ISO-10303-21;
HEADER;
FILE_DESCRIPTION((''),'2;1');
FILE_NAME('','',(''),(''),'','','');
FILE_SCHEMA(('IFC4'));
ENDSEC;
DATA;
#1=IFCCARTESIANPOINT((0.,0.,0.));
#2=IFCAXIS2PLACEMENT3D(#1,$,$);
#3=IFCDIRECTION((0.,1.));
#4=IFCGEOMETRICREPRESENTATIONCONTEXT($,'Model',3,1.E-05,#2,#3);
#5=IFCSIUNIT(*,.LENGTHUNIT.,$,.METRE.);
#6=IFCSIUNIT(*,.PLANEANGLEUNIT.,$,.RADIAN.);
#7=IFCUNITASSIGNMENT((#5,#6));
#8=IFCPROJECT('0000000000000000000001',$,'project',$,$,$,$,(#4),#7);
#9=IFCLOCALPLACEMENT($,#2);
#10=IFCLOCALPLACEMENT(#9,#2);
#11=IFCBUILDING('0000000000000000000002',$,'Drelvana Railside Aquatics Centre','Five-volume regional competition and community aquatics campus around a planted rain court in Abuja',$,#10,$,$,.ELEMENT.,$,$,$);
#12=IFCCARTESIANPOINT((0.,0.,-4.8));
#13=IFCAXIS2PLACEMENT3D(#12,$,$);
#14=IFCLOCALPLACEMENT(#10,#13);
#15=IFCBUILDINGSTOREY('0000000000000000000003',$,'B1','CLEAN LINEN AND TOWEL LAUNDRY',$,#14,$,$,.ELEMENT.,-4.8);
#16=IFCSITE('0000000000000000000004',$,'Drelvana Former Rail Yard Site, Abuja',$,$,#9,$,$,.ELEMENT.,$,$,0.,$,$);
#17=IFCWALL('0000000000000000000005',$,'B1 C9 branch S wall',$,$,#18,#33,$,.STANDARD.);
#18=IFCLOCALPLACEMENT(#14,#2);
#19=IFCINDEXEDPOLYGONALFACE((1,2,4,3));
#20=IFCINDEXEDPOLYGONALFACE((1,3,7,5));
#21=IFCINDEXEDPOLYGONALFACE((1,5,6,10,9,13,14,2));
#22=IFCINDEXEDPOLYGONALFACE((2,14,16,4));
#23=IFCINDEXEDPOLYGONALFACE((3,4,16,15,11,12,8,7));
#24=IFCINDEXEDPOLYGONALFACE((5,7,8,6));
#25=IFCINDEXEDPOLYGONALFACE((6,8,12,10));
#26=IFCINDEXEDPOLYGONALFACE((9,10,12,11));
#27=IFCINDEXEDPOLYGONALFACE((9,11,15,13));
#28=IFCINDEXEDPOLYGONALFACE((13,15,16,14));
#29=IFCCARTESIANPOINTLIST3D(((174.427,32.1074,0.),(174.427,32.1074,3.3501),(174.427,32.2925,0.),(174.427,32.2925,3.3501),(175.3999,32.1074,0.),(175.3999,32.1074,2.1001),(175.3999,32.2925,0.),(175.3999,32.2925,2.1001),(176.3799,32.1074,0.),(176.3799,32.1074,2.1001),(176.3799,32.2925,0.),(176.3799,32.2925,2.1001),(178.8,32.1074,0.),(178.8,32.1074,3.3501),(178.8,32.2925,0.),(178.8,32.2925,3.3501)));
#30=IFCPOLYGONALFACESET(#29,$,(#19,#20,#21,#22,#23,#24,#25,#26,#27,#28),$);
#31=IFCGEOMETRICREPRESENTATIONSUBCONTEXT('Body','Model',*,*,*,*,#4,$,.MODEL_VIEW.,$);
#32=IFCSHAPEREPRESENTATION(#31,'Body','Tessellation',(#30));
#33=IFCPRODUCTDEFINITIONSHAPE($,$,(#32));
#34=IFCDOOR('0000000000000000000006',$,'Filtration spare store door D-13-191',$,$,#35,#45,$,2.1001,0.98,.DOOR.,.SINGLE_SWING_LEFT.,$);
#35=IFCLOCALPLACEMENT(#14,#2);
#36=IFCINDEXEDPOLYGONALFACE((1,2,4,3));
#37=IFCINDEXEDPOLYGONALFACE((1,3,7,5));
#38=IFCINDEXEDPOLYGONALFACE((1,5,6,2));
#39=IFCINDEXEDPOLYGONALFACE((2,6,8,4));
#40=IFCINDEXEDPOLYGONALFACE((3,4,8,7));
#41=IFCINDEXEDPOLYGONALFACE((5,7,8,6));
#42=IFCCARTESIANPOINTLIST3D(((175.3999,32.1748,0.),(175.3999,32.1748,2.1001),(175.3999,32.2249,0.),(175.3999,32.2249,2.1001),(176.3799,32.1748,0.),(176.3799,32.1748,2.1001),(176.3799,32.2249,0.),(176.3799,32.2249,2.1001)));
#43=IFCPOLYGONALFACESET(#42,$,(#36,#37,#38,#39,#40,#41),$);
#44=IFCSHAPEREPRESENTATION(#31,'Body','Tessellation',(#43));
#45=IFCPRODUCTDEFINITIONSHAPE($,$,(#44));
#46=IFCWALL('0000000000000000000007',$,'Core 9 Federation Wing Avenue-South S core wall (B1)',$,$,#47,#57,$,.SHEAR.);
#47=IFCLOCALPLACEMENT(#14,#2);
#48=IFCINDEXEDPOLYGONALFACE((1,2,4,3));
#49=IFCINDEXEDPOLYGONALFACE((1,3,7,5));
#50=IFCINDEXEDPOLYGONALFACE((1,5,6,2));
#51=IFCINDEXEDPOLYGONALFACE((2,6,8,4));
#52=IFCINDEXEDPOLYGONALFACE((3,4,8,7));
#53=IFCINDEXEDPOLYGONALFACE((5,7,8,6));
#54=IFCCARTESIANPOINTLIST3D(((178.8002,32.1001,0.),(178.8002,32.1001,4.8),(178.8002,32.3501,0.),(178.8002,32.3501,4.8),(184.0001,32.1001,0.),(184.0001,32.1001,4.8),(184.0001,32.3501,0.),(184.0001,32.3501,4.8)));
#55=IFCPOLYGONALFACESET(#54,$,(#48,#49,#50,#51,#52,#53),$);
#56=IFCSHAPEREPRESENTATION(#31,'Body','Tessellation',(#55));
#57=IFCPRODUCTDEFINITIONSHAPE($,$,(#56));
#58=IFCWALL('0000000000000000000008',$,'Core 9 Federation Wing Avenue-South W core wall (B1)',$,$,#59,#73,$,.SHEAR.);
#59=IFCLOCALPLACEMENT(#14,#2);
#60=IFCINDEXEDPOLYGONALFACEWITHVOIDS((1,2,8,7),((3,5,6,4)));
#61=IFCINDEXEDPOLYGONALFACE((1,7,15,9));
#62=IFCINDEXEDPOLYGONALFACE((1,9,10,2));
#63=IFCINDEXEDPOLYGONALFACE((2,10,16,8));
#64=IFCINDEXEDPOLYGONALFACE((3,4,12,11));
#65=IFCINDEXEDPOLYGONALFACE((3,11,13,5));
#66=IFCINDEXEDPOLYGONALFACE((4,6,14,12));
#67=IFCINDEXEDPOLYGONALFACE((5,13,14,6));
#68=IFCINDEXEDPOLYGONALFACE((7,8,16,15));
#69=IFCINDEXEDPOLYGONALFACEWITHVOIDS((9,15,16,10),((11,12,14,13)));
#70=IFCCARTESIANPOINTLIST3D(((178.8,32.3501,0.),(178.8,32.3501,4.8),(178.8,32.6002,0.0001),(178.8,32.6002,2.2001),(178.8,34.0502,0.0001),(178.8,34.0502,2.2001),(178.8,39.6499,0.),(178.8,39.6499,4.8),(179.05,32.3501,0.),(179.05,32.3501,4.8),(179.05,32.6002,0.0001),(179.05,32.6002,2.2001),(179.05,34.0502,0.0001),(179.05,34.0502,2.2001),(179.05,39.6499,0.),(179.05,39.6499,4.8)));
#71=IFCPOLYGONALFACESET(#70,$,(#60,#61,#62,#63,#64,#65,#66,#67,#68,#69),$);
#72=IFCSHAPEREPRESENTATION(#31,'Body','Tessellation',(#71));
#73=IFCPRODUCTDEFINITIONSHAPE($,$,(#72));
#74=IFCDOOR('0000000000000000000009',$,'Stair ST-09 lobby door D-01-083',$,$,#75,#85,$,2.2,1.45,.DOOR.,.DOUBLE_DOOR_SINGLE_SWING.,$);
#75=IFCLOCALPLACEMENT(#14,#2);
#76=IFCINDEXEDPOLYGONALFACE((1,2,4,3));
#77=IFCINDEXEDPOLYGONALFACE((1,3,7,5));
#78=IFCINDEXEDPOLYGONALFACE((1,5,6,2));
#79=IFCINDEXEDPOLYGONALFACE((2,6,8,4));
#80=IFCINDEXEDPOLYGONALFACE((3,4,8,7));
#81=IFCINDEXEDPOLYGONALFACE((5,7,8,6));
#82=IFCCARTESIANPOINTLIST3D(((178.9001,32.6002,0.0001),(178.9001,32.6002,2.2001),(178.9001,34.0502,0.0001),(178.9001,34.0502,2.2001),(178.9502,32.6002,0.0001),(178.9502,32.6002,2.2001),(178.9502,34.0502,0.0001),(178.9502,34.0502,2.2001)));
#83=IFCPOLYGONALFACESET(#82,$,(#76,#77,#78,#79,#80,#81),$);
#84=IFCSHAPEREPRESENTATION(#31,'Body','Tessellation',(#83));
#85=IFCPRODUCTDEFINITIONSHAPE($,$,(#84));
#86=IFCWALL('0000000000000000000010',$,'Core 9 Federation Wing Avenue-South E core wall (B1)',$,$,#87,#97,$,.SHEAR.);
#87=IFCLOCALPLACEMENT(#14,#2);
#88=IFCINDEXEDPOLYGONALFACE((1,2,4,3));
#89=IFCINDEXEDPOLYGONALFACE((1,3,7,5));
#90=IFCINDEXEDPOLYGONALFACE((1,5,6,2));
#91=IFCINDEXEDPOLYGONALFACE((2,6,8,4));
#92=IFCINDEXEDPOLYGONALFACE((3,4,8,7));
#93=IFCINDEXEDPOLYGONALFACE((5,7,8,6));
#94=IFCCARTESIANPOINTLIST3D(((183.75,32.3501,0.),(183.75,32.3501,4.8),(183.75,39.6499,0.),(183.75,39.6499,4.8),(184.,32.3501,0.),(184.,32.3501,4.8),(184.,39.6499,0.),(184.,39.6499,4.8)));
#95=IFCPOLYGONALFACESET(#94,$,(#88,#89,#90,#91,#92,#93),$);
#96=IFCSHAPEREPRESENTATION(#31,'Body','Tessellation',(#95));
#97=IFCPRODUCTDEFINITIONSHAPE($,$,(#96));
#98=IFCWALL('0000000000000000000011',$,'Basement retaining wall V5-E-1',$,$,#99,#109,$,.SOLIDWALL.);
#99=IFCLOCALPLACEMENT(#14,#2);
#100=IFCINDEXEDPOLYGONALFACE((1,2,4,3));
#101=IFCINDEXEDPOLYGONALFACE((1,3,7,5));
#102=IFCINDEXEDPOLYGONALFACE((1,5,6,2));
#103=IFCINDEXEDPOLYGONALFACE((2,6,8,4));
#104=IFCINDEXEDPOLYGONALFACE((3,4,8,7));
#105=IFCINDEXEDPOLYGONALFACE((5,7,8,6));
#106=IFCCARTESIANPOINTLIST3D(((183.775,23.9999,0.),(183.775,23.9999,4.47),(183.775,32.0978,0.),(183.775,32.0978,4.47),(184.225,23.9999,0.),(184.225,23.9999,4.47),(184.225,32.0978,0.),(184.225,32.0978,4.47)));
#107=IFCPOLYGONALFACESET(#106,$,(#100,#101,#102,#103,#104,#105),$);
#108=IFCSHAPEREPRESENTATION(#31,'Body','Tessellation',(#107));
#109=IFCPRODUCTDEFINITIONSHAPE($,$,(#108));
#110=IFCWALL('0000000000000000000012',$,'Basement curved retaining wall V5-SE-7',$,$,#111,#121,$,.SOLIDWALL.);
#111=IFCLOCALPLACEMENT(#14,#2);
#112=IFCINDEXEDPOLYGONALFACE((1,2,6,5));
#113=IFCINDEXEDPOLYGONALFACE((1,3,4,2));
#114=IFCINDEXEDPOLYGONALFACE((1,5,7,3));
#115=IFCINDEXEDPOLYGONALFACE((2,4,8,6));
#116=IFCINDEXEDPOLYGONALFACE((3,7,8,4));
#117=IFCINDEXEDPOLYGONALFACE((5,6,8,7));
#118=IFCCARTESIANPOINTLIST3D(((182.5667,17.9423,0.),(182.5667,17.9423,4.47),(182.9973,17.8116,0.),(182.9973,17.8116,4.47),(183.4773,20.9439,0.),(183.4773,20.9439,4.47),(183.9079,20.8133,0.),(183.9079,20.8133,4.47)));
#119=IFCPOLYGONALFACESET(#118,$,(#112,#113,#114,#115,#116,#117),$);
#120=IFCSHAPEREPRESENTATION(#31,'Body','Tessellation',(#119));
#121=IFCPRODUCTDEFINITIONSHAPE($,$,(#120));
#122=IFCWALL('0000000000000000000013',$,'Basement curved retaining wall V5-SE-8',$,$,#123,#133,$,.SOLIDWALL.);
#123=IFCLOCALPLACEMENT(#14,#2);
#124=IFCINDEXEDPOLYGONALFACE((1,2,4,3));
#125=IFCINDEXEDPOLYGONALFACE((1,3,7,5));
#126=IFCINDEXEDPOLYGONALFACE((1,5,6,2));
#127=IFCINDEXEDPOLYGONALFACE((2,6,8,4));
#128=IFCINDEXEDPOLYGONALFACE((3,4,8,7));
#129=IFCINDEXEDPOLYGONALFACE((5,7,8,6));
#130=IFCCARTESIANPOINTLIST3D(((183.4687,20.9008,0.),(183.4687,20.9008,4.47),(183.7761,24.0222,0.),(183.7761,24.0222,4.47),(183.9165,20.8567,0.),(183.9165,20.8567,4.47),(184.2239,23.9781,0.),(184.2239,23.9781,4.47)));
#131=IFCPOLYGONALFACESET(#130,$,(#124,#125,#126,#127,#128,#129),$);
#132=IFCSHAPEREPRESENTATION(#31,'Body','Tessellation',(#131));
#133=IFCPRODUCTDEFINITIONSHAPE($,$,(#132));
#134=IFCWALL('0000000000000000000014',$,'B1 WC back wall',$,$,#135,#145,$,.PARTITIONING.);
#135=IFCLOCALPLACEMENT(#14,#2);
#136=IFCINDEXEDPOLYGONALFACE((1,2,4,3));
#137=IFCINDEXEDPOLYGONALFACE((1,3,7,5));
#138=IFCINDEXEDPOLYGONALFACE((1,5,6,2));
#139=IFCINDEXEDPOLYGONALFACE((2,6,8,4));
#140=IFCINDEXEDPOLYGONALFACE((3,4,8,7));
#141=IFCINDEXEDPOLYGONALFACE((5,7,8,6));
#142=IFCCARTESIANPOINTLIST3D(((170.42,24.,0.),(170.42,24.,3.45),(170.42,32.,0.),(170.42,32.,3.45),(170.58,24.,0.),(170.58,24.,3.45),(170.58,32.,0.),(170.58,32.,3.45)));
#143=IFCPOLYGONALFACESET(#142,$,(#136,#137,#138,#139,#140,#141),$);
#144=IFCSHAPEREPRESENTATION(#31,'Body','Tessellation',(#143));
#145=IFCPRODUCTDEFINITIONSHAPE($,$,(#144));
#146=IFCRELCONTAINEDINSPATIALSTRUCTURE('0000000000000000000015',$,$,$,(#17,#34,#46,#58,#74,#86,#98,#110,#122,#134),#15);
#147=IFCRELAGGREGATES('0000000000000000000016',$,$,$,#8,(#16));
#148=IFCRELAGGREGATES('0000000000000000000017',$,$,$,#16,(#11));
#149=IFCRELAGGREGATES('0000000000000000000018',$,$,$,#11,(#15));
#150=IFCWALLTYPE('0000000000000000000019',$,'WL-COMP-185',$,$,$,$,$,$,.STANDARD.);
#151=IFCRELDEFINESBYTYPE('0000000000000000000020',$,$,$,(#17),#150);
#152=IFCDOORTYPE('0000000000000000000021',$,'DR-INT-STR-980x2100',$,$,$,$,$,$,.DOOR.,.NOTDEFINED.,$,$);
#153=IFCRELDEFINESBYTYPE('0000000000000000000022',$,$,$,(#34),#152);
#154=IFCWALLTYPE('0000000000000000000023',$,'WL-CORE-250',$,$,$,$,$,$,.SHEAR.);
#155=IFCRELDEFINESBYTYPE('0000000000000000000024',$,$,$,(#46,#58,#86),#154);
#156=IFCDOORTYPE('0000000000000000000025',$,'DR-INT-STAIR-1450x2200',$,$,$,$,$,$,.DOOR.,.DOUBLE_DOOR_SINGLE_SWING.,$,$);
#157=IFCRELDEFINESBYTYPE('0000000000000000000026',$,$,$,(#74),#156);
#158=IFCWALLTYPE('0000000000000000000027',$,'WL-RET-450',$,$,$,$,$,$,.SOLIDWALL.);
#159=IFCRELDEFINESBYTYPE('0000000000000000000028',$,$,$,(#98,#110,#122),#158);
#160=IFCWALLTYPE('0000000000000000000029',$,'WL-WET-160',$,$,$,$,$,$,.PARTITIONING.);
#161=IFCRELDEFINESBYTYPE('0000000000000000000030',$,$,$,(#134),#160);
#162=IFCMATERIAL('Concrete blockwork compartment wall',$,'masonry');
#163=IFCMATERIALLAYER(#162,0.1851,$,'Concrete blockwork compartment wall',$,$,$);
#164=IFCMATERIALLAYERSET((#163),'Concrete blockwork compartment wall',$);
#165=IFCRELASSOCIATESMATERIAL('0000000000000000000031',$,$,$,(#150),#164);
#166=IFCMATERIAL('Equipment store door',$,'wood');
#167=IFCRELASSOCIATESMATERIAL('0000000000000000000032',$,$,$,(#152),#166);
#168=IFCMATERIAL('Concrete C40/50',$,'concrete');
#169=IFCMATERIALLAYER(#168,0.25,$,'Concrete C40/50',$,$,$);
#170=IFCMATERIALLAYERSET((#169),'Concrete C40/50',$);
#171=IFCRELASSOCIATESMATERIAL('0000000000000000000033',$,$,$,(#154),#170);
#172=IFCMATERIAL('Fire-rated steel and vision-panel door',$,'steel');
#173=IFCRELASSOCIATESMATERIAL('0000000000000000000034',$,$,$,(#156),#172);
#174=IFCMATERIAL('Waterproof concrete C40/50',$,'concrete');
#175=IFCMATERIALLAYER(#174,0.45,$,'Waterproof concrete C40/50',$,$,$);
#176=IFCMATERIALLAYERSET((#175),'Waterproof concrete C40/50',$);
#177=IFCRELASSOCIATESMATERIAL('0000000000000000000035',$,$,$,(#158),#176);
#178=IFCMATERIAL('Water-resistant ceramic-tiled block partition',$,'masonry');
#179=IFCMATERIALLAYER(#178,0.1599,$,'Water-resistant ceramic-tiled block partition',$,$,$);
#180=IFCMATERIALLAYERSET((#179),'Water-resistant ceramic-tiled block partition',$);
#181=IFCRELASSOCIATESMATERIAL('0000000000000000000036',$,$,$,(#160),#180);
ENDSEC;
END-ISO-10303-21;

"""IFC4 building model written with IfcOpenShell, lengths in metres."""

from ifc_helpers import new_model, si_unit, direction, frame, frame_2d, origin, place, context, subcontext, project, spatial, rectangle, extrude, material, layer, layer_set, type_object, element, fill, save


model = new_model("IFC4")

# Units and contexts
model_context = context("Model", 3, precision=1e-05, world=origin(), true_north=direction((0.0, 1.0)))
body_context = subcontext(model_context, "Body", "Model", "MODEL_VIEW")
ifc_project = project(units=[si_unit("LENGTHUNIT", "METRE"), si_unit("PLANEANGLEUNIT", "RADIAN")], contexts=[model_context])

# Site, building, storey
site_placement = place(None, origin())
site = spatial("IfcSite", under=ifc_project, at=site_placement, Name="Drelvana Former Rail Yard Site, Abuja", CompositionType="ELEMENT", RefElevation=0.0)
building_placement = place(site_placement, origin())
building = spatial("IfcBuilding", under=site, at=building_placement, Name="Drelvana Railside Aquatics Centre", Description="Five-volume regional competition and community aquatics campus around a planted rain court in Abuja", CompositionType="ELEMENT")
storey_placement = place(building_placement, frame((0.0, 0.0, -4.8)))
storey = spatial("IfcBuildingStorey", under=building, at=storey_placement, Name="B1", Description="CLEAN LINEN AND TOWEL LAUNDRY", CompositionType="ELEMENT", Elevation=-4.8)

# Shared definitions
ifc_material_1 = material(Name="Concrete C40/50", Category="concrete")

# Wall, opening, door
ifc_material_2 = material(Name="Concrete blockwork compartment wall", Category="masonry")
ifc_layer_1 = layer(ifc_material_2, 0.1851, Name="Concrete blockwork compartment wall")
ifc_layer_set_1 = layer_set([ifc_layer_1], Name="Concrete blockwork compartment wall")
wall_type_1 = type_object("IfcWallType", Name="WL-COMP-185", PredefinedType="STANDARD", material=ifc_layer_set_1)
wall_1_placement = place(storey_placement, frame((174.427, 32.2, 0.0), z_axis=(0.0, 0.0, 1.0), x_axis=(1.0, 0.0, 0.0)))
wall_1 = element("IfcWall", 1, at=wall_1_placement, inside=storey, type_object=wall_type_1, Name="B1 C9 branch S wall", PredefinedType="STANDARD", context=body_context, shape_type="SweptSolid", body=[
    extrude(rectangle(XDim=4.373, YDim=0.1851, at=frame_2d((2.1865, 0.0))), origin(), (0.0, 0.0, 1.0), 3.3501),
])
opening_1_placement = place(wall_1_placement, frame((0.9729, 0.0, 0.0)))
opening_1 = element("IfcOpeningElement", 2, at=opening_1_placement, cuts=wall_1, PredefinedType="OPENING", context=body_context, shape_type="SweptSolid", body=[
    extrude(rectangle(XDim=0.98, YDim=2.1001, at=frame_2d((0.49, 1.05))), frame((0.0, 0.1025, 0.0), z_axis=(0.0, -1.0, 0.0), x_axis=(1.0, 0.0, 0.0)), (0.0, 0.0, 1.0), 0.2051),
])
ifc_material_3 = material(Name="Equipment store door", Category="wood")
door_type_1 = type_object("IfcDoorType", Name="DR-INT-STR-980x2100", OperationType="NOTDEFINED", PredefinedType="DOOR", material=ifc_material_3)
door_1_placement = place(opening_1_placement, origin())
door_1 = element("IfcDoor", 3, at=door_1_placement, inside=storey, type_object=door_type_1, Name="Filtration spare store door D-13-191", OperationType="SINGLE_SWING_LEFT", OverallHeight=2.1001, OverallWidth=0.98, PredefinedType="DOOR", context=body_context, shape_type="SweptSolid", body=[
    extrude(rectangle(XDim=0.98, YDim=2.1001, at=frame_2d((0.49, 1.05))), frame((0.0, 0.0249, 0.0), z_axis=(0.0, -1.0, 0.0), x_axis=(1.0, 0.0, 0.0)), (0.0, 0.0, 1.0), 0.05),
])
fill(opening_1, door_1)

# Wall
ifc_layer_2 = layer(ifc_material_1, 0.25, Name="Concrete C40/50")
ifc_layer_set_2 = layer_set([ifc_layer_2], Name="Concrete C40/50")
wall_type_2 = type_object("IfcWallType", Name="WL-CORE-250", PredefinedType="SHEAR", material=ifc_layer_set_2)
wall_2_placement = place(storey_placement, frame((178.8, 32.2251, 0.0), z_axis=(0.0, 0.0, 1.0), x_axis=(1.0, 0.0, 0.0)))
element("IfcWall", 4, at=wall_2_placement, inside=storey, type_object=wall_type_2, Name="Core 9 Federation Wing Avenue-South S core wall (B1)", PredefinedType="SHEAR", context=body_context, shape_type="SweptSolid", body=[
    extrude(rectangle(XDim=5.2, YDim=0.25, at=frame_2d((2.6001, 0.0))), origin(), (0.0, 0.0, 1.0), 4.8),
])

# Wall, opening, door
wall_3_placement = place(storey_placement, frame((178.925, 32.3501, 0.0), z_axis=(0.0, 0.0, 1.0), x_axis=(0.0, 1.0, 0.0)))
wall_3 = element("IfcWall", 5, at=wall_3_placement, inside=storey, type_object=wall_type_2, Name="Core 9 Federation Wing Avenue-South W core wall (B1)", PredefinedType="SHEAR", context=body_context, shape_type="SweptSolid", body=[
    extrude(rectangle(XDim=7.2998, YDim=0.25, at=frame_2d((3.6499, 0.0))), origin(), (0.0, 0.0, 1.0), 4.8),
])
opening_2_placement = place(wall_3_placement, frame((0.25, 0.0, 0.0)))
opening_2 = element("IfcOpeningElement", 6, at=opening_2_placement, cuts=wall_3, PredefinedType="OPENING", context=body_context, shape_type="SweptSolid", body=[
    extrude(rectangle(XDim=1.45, YDim=2.2, at=frame_2d((0.7251, 1.1001))), frame((0.0, 0.135, 0.0), z_axis=(0.0, -1.0, 0.0), x_axis=(1.0, 0.0, 0.0)), (0.0, 0.0, 1.0), 0.27),
])
ifc_material_4 = material(Name="Fire-rated steel and vision-panel door", Category="steel")
door_type_2 = type_object("IfcDoorType", Name="DR-INT-STAIR-1450x2200", OperationType="DOUBLE_DOOR_SINGLE_SWING", PredefinedType="DOOR", material=ifc_material_4)
door_2_placement = place(opening_2_placement, origin())
door_2 = element("IfcDoor", 7, at=door_2_placement, inside=storey, type_object=door_type_2, Name="Stair ST-09 lobby door D-01-083", OperationType="DOUBLE_DOOR_SINGLE_SWING", OverallHeight=2.2, OverallWidth=1.45, PredefinedType="DOOR", context=body_context, shape_type="SweptSolid", body=[
    extrude(rectangle(XDim=1.45, YDim=2.2, at=frame_2d((0.7251, 1.1001))), frame((0.0, 0.0249, 0.0), z_axis=(0.0, -1.0, 0.0), x_axis=(1.0, 0.0, 0.0)), (0.0, 0.0, 1.0), 0.05),
])
fill(opening_2, door_2)

# Walls
wall_4_placement = place(storey_placement, frame((183.875, 32.3501, 0.0), z_axis=(0.0, 0.0, 1.0), x_axis=(0.0, 1.0, 0.0)))
element("IfcWall", 8, at=wall_4_placement, inside=storey, type_object=wall_type_2, Name="Core 9 Federation Wing Avenue-South E core wall (B1)", PredefinedType="SHEAR", context=body_context, shape_type="SweptSolid", body=[
    extrude(rectangle(XDim=7.2998, YDim=0.25, at=frame_2d((3.6499, 0.0))), origin(), (0.0, 0.0, 1.0), 4.8),
])
ifc_material_5 = material(Name="Waterproof concrete C40/50", Category="concrete")
ifc_layer_3 = layer(ifc_material_5, 0.45, Name="Waterproof concrete C40/50")
ifc_layer_set_3 = layer_set([ifc_layer_3], Name="Waterproof concrete C40/50")
wall_type_3 = type_object("IfcWallType", Name="WL-RET-450", PredefinedType="SOLIDWALL", material=ifc_layer_set_3)
wall_5_placement = place(storey_placement, frame((184.0, 24.0, 0.0), z_axis=(0.0, 0.0, 1.0), x_axis=(0.0, 1.0, 0.0)))
element("IfcWall", 9, at=wall_5_placement, inside=storey, type_object=wall_type_3, Name="Basement retaining wall V5-E-1", PredefinedType="SOLIDWALL", context=body_context, shape_type="SweptSolid", body=[
    extrude(rectangle(XDim=8.0979, YDim=0.45, at=frame_2d((4.0488, 0.0))), origin(), (0.0, 0.0, 1.0), 4.47),
])
wall_6_placement = place(storey_placement, frame((182.782, 17.877, 0.0), z_axis=(0.0, 0.0, 1.0), x_axis=(0.29031, 0.956933, 0.0)))
element("IfcWall", 10, at=wall_6_placement, inside=storey, type_object=wall_type_3, Name="Basement curved retaining wall V5-SE-7", PredefinedType="SOLIDWALL", context=body_context, shape_type="SweptSolid", body=[
    extrude(rectangle(XDim=3.1367, YDim=0.45, at=frame_2d((1.5684, 0.0))), origin(), (0.0, 0.0, 1.0), 4.47),
])
wall_7_placement = place(storey_placement, frame((183.6926, 20.8787, 0.0), z_axis=(0.0, 0.0, 1.0), x_axis=(0.098001, 0.995186, 0.0)))
element("IfcWall", 11, at=wall_7_placement, inside=storey, type_object=wall_type_3, Name="Basement curved retaining wall V5-SE-8", PredefinedType="SOLIDWALL", context=body_context, shape_type="SweptSolid", body=[
    extrude(rectangle(XDim=3.1365, YDim=0.45, at=frame_2d((1.5684, 0.0))), origin(), (0.0, 0.0, 1.0), 4.47),
])
ifc_material_6 = material(Name="Water-resistant ceramic-tiled block partition", Category="masonry")
ifc_layer_4 = layer(ifc_material_6, 0.1599, Name="Water-resistant ceramic-tiled block partition")
ifc_layer_set_4 = layer_set([ifc_layer_4], Name="Water-resistant ceramic-tiled block partition")
wall_type_4 = type_object("IfcWallType", Name="WL-WET-160", PredefinedType="PARTITIONING", material=ifc_layer_set_4)
wall_8_placement = place(storey_placement, frame((170.5, 24.0, 0.0), z_axis=(0.0, 0.0, 1.0), x_axis=(0.0, 1.0, 0.0)))
element("IfcWall", 12, at=wall_8_placement, inside=storey, type_object=wall_type_4, Name="B1 WC back wall", PredefinedType="PARTITIONING", context=body_context, shape_type="SweptSolid", body=[
    extrude(rectangle(XDim=8.0, YDim=0.1599, at=frame_2d((4.0, 0.0))), origin(), (0.0, 0.0, 1.0), 3.45),
])

save(model, "model.ifc")
